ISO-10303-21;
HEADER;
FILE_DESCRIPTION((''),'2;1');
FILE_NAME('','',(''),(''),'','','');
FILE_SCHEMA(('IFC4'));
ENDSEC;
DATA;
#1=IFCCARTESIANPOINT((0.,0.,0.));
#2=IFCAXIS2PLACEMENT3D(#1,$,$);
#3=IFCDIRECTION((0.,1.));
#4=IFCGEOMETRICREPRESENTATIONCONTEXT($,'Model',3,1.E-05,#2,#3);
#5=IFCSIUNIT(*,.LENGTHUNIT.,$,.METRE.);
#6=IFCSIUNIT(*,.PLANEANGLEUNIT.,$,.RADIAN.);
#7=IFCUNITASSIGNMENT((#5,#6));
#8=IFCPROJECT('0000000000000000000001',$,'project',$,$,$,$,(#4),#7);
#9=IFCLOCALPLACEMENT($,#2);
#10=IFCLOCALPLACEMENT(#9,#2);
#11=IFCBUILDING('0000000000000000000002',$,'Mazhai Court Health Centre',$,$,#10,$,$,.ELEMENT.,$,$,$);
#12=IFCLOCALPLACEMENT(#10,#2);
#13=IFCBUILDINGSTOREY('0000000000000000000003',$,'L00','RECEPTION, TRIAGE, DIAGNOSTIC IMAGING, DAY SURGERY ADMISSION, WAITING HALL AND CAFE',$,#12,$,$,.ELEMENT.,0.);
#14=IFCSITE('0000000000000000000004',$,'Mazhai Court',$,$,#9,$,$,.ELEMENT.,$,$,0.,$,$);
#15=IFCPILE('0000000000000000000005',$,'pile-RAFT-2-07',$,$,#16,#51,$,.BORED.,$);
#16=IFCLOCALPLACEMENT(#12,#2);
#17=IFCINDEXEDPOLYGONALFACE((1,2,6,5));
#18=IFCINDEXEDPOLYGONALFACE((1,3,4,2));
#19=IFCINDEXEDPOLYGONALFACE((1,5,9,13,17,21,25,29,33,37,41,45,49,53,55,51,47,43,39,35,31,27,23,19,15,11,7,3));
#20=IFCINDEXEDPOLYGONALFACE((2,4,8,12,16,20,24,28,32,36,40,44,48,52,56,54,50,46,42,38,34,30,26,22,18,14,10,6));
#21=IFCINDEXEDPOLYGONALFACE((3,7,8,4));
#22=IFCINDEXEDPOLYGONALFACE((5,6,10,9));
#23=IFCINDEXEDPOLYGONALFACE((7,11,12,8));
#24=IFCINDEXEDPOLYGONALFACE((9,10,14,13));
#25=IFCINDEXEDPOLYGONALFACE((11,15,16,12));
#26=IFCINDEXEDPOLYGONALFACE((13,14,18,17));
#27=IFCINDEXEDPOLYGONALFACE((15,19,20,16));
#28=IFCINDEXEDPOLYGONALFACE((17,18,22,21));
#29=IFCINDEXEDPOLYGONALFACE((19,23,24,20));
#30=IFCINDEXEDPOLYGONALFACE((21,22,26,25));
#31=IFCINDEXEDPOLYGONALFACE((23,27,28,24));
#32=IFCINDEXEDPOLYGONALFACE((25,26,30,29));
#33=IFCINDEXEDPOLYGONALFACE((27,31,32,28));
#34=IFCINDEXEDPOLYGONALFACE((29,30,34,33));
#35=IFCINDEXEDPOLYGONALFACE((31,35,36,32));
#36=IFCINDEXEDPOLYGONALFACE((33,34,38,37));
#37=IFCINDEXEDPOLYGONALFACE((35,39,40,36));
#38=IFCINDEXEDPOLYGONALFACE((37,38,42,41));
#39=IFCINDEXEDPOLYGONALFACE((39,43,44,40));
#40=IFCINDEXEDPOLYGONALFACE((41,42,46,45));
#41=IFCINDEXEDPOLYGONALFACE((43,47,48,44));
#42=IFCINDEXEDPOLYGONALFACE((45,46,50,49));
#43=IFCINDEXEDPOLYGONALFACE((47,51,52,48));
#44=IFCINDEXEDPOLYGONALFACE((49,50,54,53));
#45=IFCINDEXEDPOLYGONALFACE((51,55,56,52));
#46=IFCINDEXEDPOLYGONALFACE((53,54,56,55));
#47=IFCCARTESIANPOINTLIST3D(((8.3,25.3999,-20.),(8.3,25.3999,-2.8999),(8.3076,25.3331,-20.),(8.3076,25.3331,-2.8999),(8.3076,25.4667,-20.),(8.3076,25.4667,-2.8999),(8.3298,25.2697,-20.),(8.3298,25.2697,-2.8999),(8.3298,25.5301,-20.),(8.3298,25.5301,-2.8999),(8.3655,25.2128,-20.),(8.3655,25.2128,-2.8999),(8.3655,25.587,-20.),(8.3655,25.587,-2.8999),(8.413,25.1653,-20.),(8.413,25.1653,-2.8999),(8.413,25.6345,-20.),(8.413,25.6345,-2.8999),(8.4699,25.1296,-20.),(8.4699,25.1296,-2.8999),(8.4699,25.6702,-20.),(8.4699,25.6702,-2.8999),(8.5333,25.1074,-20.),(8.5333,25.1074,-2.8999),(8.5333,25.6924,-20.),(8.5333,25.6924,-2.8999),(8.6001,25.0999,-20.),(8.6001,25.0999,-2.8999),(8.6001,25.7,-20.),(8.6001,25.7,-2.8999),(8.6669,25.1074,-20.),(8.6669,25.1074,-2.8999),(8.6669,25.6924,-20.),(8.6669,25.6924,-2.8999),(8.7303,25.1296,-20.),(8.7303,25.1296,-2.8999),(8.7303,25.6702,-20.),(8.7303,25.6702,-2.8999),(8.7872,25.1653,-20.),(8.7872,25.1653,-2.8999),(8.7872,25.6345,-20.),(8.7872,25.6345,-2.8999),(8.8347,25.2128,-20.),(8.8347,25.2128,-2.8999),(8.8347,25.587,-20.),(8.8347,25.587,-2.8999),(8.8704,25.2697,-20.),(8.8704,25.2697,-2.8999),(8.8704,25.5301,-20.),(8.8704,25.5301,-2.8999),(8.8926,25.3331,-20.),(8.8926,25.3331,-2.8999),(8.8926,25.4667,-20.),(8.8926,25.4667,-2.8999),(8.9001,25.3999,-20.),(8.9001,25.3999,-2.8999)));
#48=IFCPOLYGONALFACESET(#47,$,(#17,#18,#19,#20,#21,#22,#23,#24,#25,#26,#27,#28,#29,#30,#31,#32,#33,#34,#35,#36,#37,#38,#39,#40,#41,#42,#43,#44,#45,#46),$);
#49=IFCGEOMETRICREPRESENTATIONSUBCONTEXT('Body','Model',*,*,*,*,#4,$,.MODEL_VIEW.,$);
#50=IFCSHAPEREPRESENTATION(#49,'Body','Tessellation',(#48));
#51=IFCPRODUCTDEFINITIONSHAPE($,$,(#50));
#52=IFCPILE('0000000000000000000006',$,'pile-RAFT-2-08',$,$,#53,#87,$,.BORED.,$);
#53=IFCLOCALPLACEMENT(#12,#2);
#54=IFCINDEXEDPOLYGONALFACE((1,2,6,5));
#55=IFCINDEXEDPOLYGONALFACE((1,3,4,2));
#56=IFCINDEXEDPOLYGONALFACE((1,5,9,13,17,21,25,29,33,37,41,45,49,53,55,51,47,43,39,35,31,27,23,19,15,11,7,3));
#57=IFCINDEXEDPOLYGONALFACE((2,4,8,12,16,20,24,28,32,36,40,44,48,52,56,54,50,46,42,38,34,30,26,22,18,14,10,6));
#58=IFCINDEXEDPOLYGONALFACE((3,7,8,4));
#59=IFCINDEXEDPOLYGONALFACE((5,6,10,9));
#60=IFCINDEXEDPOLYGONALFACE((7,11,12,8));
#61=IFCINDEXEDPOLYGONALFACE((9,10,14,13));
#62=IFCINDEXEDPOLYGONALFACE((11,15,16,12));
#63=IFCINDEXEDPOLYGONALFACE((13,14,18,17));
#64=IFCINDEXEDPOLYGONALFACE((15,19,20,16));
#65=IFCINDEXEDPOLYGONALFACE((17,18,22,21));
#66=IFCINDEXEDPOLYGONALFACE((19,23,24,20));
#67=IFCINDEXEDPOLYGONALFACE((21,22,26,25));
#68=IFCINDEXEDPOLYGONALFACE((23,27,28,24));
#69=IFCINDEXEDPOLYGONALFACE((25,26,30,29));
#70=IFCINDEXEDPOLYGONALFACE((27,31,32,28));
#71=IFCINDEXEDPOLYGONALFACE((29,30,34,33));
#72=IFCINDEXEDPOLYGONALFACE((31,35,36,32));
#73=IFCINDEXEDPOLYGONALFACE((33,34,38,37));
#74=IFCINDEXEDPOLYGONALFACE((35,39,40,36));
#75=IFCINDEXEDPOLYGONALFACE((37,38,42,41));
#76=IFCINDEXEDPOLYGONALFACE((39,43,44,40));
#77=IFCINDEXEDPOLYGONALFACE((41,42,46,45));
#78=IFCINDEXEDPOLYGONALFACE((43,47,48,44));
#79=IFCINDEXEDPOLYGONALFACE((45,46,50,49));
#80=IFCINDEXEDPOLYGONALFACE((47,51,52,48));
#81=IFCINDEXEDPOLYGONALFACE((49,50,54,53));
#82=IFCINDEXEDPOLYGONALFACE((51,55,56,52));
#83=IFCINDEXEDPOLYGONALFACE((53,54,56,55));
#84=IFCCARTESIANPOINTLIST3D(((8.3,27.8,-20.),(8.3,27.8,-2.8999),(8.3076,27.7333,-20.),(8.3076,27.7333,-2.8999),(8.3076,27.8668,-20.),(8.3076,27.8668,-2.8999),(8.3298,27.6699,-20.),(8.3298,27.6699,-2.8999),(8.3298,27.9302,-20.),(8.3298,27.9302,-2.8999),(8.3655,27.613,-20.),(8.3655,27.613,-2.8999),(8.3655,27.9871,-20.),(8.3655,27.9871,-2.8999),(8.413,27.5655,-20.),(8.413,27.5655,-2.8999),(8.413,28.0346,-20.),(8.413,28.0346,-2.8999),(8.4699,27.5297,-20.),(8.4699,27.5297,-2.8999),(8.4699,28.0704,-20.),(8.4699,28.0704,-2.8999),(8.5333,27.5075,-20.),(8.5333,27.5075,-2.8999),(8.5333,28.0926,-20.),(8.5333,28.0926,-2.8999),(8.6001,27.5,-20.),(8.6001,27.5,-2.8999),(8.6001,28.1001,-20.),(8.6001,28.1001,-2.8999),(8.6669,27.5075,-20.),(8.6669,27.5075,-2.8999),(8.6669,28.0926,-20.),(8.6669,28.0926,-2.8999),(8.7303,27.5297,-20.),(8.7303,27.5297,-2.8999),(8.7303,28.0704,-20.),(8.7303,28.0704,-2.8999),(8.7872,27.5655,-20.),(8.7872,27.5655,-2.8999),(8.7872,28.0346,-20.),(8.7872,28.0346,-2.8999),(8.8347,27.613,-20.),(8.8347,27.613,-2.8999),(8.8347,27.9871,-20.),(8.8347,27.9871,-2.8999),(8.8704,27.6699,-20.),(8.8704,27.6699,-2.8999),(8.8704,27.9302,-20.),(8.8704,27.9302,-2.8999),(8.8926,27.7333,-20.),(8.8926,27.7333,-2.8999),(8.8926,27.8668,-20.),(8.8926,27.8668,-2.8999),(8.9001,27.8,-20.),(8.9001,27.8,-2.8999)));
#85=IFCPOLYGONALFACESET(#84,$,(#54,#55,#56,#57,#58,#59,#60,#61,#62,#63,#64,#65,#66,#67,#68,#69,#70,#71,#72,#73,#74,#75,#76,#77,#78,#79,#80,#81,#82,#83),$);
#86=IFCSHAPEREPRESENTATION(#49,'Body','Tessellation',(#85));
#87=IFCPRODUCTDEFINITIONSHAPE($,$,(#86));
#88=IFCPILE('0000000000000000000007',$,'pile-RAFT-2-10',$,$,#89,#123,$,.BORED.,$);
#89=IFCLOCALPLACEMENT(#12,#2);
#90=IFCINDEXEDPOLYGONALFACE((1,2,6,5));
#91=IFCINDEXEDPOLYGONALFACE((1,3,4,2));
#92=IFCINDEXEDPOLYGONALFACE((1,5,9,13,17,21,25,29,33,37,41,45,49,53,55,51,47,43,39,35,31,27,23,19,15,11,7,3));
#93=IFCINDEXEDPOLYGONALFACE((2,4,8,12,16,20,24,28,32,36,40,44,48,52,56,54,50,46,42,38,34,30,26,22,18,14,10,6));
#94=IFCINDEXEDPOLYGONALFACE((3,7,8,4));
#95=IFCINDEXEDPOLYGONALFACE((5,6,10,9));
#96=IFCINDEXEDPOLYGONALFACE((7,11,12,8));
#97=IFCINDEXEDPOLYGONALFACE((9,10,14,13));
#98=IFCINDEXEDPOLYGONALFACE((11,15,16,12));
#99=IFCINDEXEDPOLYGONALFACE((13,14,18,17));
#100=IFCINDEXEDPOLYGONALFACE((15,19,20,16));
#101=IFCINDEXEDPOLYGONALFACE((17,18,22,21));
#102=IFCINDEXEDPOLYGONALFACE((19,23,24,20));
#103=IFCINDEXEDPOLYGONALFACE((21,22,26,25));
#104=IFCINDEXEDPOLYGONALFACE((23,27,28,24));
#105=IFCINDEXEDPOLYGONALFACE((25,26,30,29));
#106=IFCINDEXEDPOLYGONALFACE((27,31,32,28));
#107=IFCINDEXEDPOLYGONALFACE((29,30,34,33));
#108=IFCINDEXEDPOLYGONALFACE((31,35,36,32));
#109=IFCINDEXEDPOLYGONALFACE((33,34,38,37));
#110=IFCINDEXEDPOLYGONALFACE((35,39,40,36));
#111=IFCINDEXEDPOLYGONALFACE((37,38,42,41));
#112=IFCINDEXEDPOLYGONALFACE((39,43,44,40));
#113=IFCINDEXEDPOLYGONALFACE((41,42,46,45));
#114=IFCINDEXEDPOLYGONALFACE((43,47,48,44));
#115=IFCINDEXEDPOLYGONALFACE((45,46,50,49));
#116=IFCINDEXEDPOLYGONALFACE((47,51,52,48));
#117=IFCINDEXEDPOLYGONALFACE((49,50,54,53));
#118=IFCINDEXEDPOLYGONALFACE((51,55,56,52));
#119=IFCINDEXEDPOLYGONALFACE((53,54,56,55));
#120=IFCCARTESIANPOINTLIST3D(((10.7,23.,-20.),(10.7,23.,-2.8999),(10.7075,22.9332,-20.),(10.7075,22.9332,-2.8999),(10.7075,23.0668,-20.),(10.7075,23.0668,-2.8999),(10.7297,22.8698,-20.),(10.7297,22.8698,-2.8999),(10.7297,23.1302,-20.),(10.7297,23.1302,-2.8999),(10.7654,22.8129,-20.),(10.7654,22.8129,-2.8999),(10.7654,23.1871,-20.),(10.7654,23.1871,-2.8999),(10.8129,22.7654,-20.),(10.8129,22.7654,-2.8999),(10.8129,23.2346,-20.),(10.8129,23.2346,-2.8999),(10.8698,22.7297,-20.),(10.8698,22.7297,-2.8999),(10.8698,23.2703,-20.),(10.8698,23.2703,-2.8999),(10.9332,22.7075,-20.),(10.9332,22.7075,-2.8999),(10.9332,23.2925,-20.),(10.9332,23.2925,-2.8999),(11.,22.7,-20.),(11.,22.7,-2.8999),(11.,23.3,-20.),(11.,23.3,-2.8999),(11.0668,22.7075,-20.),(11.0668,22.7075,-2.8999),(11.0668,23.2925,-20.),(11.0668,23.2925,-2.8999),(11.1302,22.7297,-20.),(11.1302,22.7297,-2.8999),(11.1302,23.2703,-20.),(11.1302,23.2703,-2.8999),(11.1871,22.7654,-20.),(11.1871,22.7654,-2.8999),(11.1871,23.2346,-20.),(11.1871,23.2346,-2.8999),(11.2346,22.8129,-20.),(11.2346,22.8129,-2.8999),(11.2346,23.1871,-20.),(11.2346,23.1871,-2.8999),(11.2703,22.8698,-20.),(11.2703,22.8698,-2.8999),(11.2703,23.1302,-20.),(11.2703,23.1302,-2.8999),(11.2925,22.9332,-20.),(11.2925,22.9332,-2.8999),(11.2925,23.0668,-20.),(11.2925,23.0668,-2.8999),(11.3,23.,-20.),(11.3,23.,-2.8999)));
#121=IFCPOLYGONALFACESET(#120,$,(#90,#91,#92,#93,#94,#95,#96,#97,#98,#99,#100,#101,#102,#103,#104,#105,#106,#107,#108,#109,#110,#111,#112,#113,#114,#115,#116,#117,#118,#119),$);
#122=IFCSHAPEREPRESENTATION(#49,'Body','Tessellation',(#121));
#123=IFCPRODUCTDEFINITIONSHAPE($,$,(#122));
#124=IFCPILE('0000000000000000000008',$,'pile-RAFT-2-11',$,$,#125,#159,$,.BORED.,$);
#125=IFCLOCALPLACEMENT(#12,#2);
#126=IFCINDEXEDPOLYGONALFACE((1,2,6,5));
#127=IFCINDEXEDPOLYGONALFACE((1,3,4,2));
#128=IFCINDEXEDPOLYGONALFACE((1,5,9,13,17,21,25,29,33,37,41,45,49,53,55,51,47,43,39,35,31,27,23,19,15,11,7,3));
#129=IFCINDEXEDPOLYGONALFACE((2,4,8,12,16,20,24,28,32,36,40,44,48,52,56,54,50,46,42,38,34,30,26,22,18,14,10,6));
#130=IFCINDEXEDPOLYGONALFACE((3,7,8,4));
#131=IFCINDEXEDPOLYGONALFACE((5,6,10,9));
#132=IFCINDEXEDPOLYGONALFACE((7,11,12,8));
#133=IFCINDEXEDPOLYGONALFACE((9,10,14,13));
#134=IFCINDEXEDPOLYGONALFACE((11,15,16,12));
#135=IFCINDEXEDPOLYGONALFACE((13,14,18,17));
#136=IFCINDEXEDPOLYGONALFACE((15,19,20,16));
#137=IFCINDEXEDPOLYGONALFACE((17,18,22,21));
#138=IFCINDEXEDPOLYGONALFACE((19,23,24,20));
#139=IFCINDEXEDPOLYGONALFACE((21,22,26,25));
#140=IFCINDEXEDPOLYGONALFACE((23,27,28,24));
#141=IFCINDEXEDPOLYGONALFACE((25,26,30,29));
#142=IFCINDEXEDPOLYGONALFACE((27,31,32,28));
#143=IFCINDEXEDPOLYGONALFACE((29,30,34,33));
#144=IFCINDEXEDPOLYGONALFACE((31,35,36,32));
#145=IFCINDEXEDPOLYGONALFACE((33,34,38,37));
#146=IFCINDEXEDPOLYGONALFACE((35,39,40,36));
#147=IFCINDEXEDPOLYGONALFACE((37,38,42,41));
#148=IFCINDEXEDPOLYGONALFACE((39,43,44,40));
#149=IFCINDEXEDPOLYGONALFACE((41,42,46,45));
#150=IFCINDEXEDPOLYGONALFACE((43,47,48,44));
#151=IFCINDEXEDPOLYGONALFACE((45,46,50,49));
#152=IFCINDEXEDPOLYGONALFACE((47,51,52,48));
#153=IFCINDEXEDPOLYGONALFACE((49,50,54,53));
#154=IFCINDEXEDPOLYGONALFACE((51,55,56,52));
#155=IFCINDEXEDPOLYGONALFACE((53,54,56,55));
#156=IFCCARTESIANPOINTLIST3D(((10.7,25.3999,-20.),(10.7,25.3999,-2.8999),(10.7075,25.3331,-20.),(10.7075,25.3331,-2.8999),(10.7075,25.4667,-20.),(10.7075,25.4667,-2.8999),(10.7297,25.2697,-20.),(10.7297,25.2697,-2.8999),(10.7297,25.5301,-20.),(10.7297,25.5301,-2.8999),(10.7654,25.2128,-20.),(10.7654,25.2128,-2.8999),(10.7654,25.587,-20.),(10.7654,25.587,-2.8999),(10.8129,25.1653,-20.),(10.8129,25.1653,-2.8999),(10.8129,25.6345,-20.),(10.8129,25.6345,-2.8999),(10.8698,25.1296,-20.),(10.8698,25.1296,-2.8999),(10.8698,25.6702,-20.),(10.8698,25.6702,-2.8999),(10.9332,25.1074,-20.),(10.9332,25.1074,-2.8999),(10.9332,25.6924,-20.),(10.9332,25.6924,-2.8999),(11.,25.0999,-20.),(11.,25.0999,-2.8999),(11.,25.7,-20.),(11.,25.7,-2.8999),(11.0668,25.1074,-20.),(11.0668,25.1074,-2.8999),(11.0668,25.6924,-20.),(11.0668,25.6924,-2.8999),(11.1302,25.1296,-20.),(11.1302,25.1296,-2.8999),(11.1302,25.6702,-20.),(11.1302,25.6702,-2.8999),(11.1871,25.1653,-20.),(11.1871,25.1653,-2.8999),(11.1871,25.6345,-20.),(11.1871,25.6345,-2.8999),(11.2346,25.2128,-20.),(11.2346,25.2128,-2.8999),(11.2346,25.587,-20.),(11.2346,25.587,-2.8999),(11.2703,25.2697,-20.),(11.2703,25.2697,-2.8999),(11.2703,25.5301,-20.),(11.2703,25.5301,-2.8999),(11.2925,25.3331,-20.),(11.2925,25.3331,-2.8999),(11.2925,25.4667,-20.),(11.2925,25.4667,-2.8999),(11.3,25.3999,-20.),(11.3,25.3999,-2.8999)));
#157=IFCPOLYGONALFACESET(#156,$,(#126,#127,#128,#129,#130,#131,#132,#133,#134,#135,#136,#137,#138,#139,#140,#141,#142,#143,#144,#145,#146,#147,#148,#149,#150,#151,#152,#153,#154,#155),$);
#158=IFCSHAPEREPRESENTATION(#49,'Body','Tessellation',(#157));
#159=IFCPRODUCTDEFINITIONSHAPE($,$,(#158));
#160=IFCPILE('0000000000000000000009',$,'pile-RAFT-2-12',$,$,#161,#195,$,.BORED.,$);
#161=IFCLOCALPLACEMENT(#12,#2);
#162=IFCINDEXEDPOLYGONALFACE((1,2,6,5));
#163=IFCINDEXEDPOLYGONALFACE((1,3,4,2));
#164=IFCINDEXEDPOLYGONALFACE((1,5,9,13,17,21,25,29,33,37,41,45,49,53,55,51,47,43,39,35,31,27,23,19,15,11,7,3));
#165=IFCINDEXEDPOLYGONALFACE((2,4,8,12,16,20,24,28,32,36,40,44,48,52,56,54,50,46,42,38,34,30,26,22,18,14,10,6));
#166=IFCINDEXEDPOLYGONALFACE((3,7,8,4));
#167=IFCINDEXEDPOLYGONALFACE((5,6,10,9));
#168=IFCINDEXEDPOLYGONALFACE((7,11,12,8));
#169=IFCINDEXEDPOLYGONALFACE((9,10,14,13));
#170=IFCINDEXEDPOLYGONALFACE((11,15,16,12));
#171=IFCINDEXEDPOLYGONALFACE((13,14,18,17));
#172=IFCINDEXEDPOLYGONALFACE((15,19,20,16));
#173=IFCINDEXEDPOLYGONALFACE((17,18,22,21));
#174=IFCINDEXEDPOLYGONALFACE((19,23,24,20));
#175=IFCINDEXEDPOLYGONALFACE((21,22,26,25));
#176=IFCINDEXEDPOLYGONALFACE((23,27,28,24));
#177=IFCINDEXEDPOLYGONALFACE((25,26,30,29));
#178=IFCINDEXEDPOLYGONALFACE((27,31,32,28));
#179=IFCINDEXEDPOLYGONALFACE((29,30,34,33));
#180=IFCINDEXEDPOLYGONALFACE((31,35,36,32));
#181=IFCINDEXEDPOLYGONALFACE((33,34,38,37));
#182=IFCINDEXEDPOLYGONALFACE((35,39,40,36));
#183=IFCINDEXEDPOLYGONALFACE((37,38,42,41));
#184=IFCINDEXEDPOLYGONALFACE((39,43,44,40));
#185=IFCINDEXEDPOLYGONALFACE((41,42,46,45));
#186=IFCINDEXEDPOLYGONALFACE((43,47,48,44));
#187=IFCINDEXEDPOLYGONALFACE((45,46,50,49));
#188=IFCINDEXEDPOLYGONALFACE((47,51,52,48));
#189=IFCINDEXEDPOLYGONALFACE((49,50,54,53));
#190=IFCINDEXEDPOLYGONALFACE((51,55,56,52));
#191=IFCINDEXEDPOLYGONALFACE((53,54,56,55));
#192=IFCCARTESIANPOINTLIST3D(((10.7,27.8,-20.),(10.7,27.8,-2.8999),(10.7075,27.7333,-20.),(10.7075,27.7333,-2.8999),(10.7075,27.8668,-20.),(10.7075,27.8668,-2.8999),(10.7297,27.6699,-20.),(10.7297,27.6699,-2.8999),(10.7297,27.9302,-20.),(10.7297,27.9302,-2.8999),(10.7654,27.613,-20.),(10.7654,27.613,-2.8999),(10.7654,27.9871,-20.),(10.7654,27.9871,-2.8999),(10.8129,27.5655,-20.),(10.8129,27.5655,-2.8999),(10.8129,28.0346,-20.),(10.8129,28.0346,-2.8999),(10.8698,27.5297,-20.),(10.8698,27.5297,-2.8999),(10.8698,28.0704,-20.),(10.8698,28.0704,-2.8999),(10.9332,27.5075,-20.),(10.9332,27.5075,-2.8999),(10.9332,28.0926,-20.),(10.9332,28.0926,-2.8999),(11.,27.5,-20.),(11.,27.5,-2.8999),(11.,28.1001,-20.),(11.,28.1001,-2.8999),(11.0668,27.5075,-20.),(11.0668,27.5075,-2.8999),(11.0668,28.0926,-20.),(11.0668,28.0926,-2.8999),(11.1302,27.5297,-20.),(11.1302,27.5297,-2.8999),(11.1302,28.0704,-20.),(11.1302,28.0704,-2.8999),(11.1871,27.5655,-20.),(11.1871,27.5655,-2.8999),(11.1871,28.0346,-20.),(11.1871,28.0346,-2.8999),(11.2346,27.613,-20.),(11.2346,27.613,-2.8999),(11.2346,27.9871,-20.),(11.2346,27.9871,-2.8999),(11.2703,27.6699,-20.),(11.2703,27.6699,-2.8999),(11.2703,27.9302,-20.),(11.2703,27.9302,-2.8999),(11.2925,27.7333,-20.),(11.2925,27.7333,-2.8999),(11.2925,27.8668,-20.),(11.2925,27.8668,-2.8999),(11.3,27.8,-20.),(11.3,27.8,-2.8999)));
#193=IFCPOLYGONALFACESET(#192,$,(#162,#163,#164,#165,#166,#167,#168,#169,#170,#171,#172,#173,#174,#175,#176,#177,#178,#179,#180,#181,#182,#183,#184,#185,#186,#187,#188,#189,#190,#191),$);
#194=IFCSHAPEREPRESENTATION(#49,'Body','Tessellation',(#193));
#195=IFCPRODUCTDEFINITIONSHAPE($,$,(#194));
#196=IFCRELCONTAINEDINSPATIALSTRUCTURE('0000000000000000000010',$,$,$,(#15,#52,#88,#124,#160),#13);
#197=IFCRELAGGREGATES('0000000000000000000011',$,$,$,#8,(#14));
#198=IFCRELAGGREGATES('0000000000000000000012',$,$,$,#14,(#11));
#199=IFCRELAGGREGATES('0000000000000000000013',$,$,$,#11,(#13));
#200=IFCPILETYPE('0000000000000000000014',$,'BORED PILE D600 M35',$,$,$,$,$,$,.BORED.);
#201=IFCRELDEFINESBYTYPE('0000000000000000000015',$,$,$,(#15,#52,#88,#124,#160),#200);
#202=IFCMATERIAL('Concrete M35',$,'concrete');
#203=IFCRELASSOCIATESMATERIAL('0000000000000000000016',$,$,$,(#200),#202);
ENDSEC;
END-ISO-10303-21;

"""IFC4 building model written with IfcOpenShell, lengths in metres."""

from ifc_helpers import new_model, si_unit, direction, frame, origin, origin_2d, place, context, subcontext, project, spatial, circle, extrude, material, material_profile, profile_set, type_object, element, save


model = new_model("IFC4")

# Units and contexts
model_context = context("Model", 3, precision=1e-05, world=origin(), true_north=direction((0.0, 1.0)))
body_context = subcontext(model_context, "Body", "Model", "MODEL_VIEW")
ifc_project = project(units=[si_unit("LENGTHUNIT", "METRE"), si_unit("PLANEANGLEUNIT", "RADIAN")], contexts=[model_context])

# Site, building, storey
site_placement = place(None, origin())
site = spatial("IfcSite", under=ifc_project, at=site_placement, Name="Mazhai Court", CompositionType="ELEMENT", RefElevation=0.0)
building_placement = place(site_placement, origin())
building = spatial("IfcBuilding", under=site, at=building_placement, Name="Mazhai Court Health Centre", CompositionType="ELEMENT")
storey_placement = place(building_placement, origin())
storey = spatial("IfcBuildingStorey", under=building, at=storey_placement, Name="L00", Description="RECEPTION, TRIAGE, DIAGNOSTIC IMAGING, DAY SURGERY ADMISSION, WAITING HALL AND CAFE", CompositionType="ELEMENT", Elevation=0.0)

# Piles
ifc_material_1 = material(Name="Concrete M35", Category="concrete")
ifc_material_profile_1 = material_profile(ifc_material_1, circle(Radius=0.3, at=origin_2d()), Name="RC PILE D600")
ifc_profile_set_1 = profile_set([ifc_material_profile_1], Name="Concrete M35")
pile_type = type_object("IfcPileType", Name="BORED PILE D600 M35", PredefinedType="BORED", material=ifc_profile_set_1)
for number, where, z_axis, x_axis, name in (
    (1, (8.6001, 25.3999, -2.8999), (0.0, 0.0, -1.0), (1.0, 0.0, 0.0), "pile-RAFT-2-07"),
    (2, (8.6001, 27.8, -2.8999), (0.0, 0.0, -1.0), (1.0, 0.0, 0.0), "pile-RAFT-2-08"),
    (3, (11.0, 23.0, -2.8999), (0.0, 0.0, -1.0), (1.0, 0.0, 0.0), "pile-RAFT-2-10"),
    (4, (11.0, 25.3999, -2.8999), (0.0, 0.0, -1.0), (1.0, 0.0, 0.0), "pile-RAFT-2-11"),
    (5, (11.0, 27.8, -2.8999), (0.0, 0.0, -1.0), (1.0, 0.0, 0.0), "pile-RAFT-2-12"),
):
    element("IfcPile", number, at=place(storey_placement, frame(where, z_axis=z_axis, x_axis=x_axis)), inside=storey, type_object=pile_type, Name=name, PredefinedType="BORED", context=body_context, shape_type="SweptSolid", body=[
        extrude(circle(Radius=0.3, at=origin_2d()), origin(), (0.0, 0.0, 1.0), 17.1001),
    ])

save(model, "model.ifc")
